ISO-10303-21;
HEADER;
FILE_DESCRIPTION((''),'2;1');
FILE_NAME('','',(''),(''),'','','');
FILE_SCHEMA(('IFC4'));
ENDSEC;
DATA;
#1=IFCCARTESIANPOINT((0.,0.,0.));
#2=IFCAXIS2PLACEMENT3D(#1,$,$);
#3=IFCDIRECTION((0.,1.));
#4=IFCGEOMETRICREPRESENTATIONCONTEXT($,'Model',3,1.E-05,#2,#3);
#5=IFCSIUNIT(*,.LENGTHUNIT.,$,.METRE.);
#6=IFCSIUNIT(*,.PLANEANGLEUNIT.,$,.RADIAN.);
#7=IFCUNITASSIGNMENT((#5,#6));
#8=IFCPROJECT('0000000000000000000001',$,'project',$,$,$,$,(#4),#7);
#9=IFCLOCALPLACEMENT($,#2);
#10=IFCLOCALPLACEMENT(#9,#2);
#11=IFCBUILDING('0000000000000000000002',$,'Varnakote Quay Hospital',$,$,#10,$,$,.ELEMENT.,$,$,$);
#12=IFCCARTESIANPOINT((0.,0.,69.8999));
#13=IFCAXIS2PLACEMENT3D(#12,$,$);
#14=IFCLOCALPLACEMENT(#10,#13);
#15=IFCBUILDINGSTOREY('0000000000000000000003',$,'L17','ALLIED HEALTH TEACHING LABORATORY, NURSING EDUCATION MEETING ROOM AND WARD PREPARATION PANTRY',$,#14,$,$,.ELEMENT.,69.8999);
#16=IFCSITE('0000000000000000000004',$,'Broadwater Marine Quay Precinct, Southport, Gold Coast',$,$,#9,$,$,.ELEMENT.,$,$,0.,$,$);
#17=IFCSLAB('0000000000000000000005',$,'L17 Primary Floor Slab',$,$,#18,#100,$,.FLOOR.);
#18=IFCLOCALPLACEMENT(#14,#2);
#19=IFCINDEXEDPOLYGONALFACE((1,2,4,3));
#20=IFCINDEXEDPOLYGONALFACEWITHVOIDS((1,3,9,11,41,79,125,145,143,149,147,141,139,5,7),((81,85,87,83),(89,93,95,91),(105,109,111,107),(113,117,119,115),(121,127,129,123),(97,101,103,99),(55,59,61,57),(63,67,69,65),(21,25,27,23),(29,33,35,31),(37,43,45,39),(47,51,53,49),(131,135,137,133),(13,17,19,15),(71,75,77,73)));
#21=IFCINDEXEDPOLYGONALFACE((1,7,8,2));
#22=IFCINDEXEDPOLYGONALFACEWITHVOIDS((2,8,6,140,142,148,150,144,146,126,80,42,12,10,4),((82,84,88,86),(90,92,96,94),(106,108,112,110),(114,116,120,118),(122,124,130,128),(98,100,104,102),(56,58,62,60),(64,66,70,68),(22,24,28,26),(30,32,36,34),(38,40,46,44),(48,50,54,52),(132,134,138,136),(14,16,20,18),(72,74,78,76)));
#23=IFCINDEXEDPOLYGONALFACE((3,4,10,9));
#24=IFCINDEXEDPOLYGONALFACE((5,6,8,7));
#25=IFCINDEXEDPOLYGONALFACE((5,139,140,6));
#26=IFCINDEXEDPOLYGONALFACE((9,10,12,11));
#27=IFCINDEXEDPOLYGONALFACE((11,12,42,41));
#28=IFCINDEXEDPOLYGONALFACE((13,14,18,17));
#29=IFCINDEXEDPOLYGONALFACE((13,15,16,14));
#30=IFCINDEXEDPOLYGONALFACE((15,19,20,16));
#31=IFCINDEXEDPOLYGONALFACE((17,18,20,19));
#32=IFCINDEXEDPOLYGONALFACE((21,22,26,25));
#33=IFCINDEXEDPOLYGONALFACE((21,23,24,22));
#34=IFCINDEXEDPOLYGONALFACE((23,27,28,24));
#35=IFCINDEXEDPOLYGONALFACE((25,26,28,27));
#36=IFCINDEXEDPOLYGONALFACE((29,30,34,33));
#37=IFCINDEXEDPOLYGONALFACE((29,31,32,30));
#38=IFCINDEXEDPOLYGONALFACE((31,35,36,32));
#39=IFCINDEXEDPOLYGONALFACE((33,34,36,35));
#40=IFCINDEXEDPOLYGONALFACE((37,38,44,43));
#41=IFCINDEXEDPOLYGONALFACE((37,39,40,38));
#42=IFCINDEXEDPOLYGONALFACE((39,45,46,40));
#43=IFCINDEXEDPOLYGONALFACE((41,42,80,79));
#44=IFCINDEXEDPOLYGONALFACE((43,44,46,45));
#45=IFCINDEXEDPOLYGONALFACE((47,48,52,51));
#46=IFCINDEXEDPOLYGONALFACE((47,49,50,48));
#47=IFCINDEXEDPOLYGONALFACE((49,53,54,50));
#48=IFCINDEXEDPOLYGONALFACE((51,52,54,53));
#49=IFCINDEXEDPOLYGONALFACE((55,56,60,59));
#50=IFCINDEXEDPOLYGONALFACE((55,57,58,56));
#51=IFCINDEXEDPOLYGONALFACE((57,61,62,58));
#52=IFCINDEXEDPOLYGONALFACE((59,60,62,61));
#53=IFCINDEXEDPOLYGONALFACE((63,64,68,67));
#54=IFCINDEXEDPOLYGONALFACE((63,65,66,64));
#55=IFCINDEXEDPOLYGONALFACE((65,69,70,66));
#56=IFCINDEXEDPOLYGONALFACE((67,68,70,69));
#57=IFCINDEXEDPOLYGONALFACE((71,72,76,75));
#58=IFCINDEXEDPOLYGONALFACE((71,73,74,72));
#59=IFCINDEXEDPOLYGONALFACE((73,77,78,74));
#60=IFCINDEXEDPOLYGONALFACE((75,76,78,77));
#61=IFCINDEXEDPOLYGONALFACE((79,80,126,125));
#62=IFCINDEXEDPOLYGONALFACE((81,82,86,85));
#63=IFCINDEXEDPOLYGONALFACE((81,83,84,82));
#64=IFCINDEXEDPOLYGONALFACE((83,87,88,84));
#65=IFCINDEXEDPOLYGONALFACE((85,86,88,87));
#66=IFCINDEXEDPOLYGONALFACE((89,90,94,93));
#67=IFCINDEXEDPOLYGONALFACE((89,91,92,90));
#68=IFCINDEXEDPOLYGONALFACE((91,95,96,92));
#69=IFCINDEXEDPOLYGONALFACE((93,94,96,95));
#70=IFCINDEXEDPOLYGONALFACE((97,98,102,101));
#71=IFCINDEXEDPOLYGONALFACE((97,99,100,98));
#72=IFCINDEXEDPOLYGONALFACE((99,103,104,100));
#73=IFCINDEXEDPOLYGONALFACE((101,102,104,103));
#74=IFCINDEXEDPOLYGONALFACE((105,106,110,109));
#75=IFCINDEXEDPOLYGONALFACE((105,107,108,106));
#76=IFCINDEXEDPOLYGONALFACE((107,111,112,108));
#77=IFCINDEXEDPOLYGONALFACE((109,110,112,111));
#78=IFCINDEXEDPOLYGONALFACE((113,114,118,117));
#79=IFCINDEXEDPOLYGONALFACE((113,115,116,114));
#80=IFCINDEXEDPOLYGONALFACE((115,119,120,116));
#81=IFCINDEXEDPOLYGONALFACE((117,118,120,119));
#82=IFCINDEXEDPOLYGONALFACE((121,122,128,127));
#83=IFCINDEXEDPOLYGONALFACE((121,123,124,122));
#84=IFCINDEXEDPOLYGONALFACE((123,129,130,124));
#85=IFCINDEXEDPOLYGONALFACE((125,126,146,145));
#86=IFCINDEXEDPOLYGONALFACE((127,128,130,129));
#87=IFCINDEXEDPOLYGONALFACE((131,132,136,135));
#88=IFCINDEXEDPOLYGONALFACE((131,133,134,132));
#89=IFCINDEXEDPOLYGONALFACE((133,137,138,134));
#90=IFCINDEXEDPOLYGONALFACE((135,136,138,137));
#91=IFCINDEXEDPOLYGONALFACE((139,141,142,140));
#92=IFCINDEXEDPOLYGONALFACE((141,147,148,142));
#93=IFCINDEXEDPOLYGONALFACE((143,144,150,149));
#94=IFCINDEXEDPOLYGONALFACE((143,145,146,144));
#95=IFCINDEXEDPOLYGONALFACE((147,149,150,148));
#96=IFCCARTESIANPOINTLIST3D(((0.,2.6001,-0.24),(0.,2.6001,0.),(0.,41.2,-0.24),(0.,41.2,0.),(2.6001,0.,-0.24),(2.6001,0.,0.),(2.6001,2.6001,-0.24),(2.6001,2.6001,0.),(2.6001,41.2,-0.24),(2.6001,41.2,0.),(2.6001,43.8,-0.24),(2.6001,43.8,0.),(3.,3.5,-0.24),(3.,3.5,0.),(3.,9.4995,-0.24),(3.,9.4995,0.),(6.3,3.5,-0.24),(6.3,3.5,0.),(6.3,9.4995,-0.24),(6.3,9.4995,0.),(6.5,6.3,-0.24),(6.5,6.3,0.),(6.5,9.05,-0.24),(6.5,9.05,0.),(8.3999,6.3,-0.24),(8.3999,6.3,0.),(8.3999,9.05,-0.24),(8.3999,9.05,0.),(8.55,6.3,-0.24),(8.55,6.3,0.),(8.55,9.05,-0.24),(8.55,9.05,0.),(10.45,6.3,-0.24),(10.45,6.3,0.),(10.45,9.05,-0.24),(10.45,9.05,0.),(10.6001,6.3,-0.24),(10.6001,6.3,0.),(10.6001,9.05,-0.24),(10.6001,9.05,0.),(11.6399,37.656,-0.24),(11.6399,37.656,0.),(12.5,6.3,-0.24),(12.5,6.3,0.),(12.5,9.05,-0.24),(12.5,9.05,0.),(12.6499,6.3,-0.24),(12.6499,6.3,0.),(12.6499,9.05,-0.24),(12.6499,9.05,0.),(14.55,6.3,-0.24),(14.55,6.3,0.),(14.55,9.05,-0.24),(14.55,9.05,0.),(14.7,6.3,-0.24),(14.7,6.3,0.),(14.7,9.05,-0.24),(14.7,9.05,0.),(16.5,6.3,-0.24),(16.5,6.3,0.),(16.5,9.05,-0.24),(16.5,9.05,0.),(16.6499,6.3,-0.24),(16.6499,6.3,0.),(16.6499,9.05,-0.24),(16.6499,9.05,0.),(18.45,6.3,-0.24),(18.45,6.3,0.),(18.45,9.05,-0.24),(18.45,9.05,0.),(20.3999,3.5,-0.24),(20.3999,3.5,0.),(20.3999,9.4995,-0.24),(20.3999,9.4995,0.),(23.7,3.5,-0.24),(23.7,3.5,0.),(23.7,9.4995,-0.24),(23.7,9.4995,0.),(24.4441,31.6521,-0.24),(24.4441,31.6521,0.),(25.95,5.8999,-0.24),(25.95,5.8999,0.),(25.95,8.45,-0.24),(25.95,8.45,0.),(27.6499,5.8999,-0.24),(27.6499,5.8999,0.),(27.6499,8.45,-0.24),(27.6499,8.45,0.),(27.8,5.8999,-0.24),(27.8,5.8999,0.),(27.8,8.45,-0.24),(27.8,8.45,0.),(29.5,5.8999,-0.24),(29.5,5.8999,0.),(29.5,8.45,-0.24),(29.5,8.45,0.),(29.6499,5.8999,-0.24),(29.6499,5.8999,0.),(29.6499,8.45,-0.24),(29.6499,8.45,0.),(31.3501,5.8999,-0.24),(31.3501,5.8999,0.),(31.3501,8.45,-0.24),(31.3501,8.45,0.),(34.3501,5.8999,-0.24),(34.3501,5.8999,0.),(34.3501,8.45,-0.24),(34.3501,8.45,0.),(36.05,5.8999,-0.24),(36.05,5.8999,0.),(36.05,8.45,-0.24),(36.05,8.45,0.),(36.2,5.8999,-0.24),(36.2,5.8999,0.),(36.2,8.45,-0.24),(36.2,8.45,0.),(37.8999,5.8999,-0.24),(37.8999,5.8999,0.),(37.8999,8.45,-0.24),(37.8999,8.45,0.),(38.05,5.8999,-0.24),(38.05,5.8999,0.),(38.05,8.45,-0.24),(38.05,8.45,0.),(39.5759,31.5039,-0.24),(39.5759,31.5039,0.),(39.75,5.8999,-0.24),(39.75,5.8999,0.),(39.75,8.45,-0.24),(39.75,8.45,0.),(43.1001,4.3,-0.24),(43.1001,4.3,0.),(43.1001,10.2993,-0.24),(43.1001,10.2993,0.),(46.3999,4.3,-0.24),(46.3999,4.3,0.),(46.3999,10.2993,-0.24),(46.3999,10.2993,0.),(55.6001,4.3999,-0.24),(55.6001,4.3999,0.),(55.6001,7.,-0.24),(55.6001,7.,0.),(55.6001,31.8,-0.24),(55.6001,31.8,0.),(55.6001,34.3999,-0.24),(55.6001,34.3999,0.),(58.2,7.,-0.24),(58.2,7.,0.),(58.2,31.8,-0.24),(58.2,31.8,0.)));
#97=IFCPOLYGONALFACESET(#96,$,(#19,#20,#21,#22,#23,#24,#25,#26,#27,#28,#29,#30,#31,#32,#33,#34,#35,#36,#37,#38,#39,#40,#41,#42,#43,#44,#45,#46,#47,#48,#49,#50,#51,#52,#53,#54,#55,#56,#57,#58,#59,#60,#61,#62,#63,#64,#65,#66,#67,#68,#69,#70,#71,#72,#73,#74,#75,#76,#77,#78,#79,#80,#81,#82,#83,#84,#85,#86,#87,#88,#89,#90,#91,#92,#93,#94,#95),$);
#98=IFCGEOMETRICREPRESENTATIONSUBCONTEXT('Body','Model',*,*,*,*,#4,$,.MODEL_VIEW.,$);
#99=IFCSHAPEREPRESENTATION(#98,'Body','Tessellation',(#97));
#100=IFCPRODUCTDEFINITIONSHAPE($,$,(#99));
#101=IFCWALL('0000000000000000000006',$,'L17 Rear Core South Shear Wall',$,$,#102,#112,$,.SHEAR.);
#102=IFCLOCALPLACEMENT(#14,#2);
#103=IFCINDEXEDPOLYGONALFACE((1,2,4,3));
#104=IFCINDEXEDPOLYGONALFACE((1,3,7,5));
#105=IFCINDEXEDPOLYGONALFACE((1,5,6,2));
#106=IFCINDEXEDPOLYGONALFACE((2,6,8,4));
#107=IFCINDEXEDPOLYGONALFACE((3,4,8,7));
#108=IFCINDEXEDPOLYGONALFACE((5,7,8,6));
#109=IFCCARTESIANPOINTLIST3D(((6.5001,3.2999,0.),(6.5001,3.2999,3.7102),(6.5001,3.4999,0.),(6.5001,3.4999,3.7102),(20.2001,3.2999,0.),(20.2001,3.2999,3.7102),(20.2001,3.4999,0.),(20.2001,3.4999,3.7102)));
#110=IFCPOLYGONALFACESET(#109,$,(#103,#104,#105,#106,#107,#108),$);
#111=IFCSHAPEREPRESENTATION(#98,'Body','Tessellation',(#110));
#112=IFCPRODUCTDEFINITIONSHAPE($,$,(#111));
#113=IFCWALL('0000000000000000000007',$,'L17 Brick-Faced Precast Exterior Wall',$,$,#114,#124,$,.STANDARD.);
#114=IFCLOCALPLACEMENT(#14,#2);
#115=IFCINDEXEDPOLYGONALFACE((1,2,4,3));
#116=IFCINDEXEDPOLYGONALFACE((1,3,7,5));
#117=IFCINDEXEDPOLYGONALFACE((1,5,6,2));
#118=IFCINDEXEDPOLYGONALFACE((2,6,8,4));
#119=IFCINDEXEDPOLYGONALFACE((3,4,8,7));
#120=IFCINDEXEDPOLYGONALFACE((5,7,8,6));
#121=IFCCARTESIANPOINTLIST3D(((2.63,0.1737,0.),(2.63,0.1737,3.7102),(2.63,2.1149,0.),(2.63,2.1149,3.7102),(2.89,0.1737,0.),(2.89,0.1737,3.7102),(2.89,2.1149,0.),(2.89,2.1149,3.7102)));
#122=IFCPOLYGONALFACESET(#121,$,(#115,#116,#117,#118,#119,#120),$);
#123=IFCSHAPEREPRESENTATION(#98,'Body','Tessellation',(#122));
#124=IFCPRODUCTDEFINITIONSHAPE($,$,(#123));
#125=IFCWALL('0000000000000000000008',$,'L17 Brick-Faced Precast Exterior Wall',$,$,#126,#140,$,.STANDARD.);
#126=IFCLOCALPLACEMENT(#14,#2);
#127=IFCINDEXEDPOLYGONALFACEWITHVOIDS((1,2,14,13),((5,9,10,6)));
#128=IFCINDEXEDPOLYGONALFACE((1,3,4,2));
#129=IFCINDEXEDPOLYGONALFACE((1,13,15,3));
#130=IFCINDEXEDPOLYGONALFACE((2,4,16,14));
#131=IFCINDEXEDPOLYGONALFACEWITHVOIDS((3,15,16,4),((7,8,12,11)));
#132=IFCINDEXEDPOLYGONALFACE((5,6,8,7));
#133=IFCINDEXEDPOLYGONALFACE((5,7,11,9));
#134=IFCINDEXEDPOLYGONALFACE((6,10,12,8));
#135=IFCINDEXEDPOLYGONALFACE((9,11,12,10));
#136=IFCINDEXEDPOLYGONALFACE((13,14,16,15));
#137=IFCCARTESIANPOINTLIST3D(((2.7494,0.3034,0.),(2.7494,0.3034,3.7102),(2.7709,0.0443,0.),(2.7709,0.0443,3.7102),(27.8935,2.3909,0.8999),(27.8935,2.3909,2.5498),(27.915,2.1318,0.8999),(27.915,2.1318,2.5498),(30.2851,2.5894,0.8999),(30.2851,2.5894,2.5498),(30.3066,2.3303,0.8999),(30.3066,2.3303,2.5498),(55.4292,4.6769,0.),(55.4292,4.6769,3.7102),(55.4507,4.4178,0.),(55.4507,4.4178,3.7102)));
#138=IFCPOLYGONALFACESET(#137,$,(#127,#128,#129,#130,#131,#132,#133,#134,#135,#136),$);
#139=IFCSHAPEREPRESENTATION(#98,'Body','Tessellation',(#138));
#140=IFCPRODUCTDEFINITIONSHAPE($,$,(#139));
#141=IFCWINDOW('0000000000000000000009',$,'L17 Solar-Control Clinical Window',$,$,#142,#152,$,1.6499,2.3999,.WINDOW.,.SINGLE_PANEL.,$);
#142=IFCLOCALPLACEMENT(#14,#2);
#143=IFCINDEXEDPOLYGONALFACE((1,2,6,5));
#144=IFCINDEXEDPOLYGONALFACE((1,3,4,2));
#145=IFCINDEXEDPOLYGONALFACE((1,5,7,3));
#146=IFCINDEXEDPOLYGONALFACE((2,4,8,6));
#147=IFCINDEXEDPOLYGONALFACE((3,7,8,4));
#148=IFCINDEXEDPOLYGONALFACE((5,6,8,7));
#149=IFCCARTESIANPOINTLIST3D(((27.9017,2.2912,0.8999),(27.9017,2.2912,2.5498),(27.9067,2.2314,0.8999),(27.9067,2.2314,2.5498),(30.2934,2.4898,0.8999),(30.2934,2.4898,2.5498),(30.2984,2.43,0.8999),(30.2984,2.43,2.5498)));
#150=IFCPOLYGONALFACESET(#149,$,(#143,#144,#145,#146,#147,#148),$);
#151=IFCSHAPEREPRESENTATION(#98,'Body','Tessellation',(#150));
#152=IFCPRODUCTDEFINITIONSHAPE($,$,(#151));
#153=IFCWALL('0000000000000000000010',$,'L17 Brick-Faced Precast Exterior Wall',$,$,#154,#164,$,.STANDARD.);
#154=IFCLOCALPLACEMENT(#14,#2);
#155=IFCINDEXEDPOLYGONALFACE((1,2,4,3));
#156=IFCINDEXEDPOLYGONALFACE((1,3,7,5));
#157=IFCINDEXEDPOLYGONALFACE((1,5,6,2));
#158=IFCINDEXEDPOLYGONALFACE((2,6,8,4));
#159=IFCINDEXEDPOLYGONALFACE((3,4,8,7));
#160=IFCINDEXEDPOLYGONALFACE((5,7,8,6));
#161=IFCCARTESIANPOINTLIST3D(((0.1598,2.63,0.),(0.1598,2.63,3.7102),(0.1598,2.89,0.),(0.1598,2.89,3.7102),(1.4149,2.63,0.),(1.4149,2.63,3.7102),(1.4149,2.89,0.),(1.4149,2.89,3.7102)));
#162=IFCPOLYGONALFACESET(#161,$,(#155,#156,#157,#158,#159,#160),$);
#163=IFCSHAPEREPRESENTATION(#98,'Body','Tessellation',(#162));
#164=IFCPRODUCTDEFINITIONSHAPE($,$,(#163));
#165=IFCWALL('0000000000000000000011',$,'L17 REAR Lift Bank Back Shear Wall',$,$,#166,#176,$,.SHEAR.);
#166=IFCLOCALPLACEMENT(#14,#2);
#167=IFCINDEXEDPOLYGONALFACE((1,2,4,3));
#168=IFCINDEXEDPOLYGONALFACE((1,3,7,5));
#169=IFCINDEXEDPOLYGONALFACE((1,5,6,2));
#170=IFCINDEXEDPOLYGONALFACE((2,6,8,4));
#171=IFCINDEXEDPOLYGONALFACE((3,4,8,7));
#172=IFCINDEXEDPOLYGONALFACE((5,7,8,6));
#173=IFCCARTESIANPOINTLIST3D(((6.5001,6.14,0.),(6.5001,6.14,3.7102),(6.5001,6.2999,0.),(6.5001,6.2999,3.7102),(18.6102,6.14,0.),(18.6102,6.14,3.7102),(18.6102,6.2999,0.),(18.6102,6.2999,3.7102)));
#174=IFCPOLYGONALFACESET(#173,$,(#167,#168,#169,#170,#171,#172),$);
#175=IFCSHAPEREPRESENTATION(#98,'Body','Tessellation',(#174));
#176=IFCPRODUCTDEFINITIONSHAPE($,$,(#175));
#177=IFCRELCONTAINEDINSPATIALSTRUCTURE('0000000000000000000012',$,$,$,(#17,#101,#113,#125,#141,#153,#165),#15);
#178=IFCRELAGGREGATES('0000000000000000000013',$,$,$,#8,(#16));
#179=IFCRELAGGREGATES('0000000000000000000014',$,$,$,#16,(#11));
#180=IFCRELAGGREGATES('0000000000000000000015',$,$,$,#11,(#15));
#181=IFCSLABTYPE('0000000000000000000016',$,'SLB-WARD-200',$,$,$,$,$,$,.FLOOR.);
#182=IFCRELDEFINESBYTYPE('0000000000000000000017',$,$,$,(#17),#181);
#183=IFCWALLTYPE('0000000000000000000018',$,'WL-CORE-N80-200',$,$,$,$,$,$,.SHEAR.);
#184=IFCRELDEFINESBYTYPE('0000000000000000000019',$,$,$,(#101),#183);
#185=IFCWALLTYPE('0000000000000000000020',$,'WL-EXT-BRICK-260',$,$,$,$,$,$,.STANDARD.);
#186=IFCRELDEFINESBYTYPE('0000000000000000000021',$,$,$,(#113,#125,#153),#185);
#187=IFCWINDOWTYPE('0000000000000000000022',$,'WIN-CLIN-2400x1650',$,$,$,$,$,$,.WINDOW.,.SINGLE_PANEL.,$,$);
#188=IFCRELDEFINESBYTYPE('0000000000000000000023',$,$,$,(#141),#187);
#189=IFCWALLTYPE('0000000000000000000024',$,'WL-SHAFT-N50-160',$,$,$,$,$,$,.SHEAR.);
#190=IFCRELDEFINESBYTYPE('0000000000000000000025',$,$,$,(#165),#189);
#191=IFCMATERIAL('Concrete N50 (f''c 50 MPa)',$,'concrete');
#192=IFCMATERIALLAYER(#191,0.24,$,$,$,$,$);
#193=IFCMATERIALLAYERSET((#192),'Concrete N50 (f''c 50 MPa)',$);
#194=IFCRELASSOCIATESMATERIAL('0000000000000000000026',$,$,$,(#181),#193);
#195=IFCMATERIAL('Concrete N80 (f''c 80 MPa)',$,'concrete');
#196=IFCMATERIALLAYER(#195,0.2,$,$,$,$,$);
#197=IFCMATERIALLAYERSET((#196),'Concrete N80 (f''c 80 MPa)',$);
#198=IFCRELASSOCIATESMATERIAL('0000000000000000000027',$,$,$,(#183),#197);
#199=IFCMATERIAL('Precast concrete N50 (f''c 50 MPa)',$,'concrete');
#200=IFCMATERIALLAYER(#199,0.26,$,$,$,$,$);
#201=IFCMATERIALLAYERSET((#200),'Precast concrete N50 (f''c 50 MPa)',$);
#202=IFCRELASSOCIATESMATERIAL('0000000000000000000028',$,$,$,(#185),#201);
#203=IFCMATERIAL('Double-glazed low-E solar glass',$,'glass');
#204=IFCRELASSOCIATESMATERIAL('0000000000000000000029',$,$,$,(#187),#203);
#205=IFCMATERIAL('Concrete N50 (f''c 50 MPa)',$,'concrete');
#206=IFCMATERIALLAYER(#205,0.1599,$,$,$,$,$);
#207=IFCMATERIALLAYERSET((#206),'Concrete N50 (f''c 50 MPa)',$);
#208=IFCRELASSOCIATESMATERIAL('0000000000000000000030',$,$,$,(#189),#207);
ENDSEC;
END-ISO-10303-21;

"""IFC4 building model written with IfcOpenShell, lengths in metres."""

from ifc_helpers import new_model, si_unit, direction, frame, frame_2d, origin, place, context, subcontext, project, spatial, polyline, rectangle, outline, extrude, material, layer, layer_set, type_object, element, fill, save


model = new_model("IFC4")

# Units and contexts
model_context = context("Model", 3, precision=1e-05, world=origin(), true_north=direction((0.0, 1.0)))
body_context = subcontext(model_context, "Body", "Model", "MODEL_VIEW")
ifc_project = project(units=[si_unit("LENGTHUNIT", "METRE"), si_unit("PLANEANGLEUNIT", "RADIAN")], contexts=[model_context])

# Site, building, storey
site_placement = place(None, origin())
site = spatial("IfcSite", under=ifc_project, at=site_placement, Name="Broadwater Marine Quay Precinct, Southport, Gold Coast", CompositionType="ELEMENT", RefElevation=0.0)
building_placement = place(site_placement, origin())
building = spatial("IfcBuilding", under=site, at=building_placement, Name="Varnakote Quay Hospital", CompositionType="ELEMENT")
storey_placement = place(building_placement, frame((0.0, 0.0, 69.8999)))
storey = spatial("IfcBuildingStorey", under=building, at=storey_placement, Name="L17", Description="ALLIED HEALTH TEACHING LABORATORY, NURSING EDUCATION MEETING ROOM AND WARD PREPARATION PANTRY", CompositionType="ELEMENT", Elevation=69.8999)

# Slab
ifc_material_1 = material(Name="Concrete N50 (f'c 50 MPa)", Category="concrete")
ifc_layer_1 = layer(ifc_material_1, 0.24)
ifc_layer_set_1 = layer_set([ifc_layer_1], Name="Concrete N50 (f'c 50 MPa)")
slab_type_1 = type_object("IfcSlabType", Name="SLB-WARD-200", PredefinedType="FLOOR", material=ifc_layer_set_1)
slab_1_placement = place(storey_placement, frame((0.0, 0.0, -0.24)))
element("IfcSlab", 1, at=slab_1_placement, inside=storey, type_object=slab_type_1, Name="L17 Primary Floor Slab", PredefinedType="FLOOR", context=body_context, shape_type="SweptSolid", body=[
    extrude(outline(polyline([(0.0, 2.6001), (2.6001, 2.6001), (2.6001, 0.0), (55.6001, 4.3999), (55.6001, 7.0), (58.2, 7.0), (58.2, 31.8), (55.6001, 31.8), (55.6001, 34.3999), (39.5759, 31.5039), (24.4441, 31.6521), (11.6399, 37.656), (2.6001, 43.8), (2.6001, 41.2), (0.0, 41.2), (0.0, 2.6001)]), holes=[polyline([(3.0, 3.5), (6.3, 3.5), (6.3, 9.4995), (3.0, 9.4995), (3.0, 3.5)]), polyline([(20.3999, 3.5), (23.7, 3.5), (23.7, 9.4995), (20.3999, 9.4995), (20.3999, 3.5)]), polyline([(43.1001, 4.3), (46.3999, 4.3), (46.3999, 10.2993), (43.1001, 10.2993), (43.1001, 4.3)]), polyline([(6.5, 6.3), (8.3999, 6.3), (8.3999, 9.05), (6.5, 9.05), (6.5, 6.3)]), polyline([(8.55, 6.3), (10.45, 6.3), (10.45, 9.05), (8.55, 9.05), (8.55, 6.3)]), polyline([(10.6001, 6.3), (12.5, 6.3), (12.5, 9.05), (10.6001, 9.05), (10.6001, 6.3)]), polyline([(12.6499, 6.3), (14.55, 6.3), (14.55, 9.05), (12.6499, 9.05), (12.6499, 6.3)]), polyline([(14.7, 6.3), (16.5, 6.3), (16.5, 9.05), (14.7, 9.05), (14.7, 6.3)]), polyline([(16.6499, 6.3), (18.45, 6.3), (18.45, 9.05), (16.6499, 9.05), (16.6499, 6.3)]), polyline([(25.95, 5.8999), (27.6499, 5.8999), (27.6499, 8.45), (25.95, 8.45), (25.95, 5.8999)]), polyline([(27.8, 5.8999), (29.5, 5.8999), (29.5, 8.45), (27.8, 8.45), (27.8, 5.8999)]), polyline([(29.6499, 5.8999), (31.3501, 5.8999), (31.3501, 8.45), (29.6499, 8.45), (29.6499, 5.8999)]), polyline([(34.3501, 5.8999), (36.05, 5.8999), (36.05, 8.45), (34.3501, 8.45), (34.3501, 5.8999)]), polyline([(36.2, 5.8999), (37.8999, 5.8999), (37.8999, 8.45), (36.2, 8.45), (36.2, 5.8999)]), polyline([(38.05, 5.8999), (39.75, 5.8999), (39.75, 8.45), (38.05, 8.45), (38.05, 5.8999)])]), origin(), (0.0, 0.0, 1.0), 0.24),
])

# Walls
ifc_material_2 = material(Name="Concrete N80 (f'c 80 MPa)", Category="concrete")
ifc_layer_2 = layer(ifc_material_2, 0.2)
ifc_layer_set_2 = layer_set([ifc_layer_2], Name="Concrete N80 (f'c 80 MPa)")
wall_type_1 = type_object("IfcWallType", Name="WL-CORE-N80-200", PredefinedType="SHEAR", material=ifc_layer_set_2)
wall_1_placement = place(storey_placement, frame((6.5, 3.3999, 0.0), z_axis=(0.0, 0.0, 1.0), x_axis=(1.0, 0.0, 0.0)))
element("IfcWall", 2, at=wall_1_placement, inside=storey, type_object=wall_type_1, Name="L17 Rear Core South Shear Wall", PredefinedType="SHEAR", context=body_context, shape_type="SweptSolid", body=[
    extrude(rectangle(XDim=13.7, YDim=0.2, at=frame_2d((6.8501, 0.0))), origin(), (0.0, 0.0, 1.0), 3.7102),
])
ifc_material_3 = material(Name="Precast concrete N50 (f'c 50 MPa)", Category="concrete")
ifc_layer_3 = layer(ifc_material_3, 0.26)
ifc_layer_set_3 = layer_set([ifc_layer_3], Name="Precast concrete N50 (f'c 50 MPa)")
wall_type_2 = type_object("IfcWallType", Name="WL-EXT-BRICK-260", PredefinedType="STANDARD", material=ifc_layer_set_3)
wall_2_placement = place(storey_placement, frame((2.76, 2.115, 0.0), z_axis=(0.0, 0.0, 1.0), x_axis=(0.0, -1.0, 0.0)))
element("IfcWall", 3, at=wall_2_placement, inside=storey, type_object=wall_type_2, Name="L17 Brick-Faced Precast Exterior Wall", PredefinedType="STANDARD", context=body_context, shape_type="SweptSolid", body=[
    extrude(rectangle(XDim=1.9412, YDim=0.26, at=frame_2d((0.9707, 0.0))), origin(), (0.0, 0.0, 1.0), 3.7102),
])

# Wall, opening, window
wall_3_placement = place(storey_placement, frame((2.76, 0.1738, 0.0), z_axis=(0.0, 0.0, 1.0), x_axis=(0.996571, 0.082736, 0.0)))
wall_3 = element("IfcWall", 4, at=wall_3_placement, inside=storey, type_object=wall_type_2, Name="L17 Brick-Faced Precast Exterior Wall", PredefinedType="STANDARD", context=body_context, shape_type="SweptSolid", body=[
    extrude(rectangle(XDim=52.8611, YDim=0.26, at=frame_2d((26.4307, 0.0))), origin(), (0.0, 0.0, 1.0), 3.7102),
])
opening_1_placement = place(wall_3_placement, frame((25.2307, 0.0, 0.8999)))
opening_1 = element("IfcOpeningElement", 5, at=opening_1_placement, cuts=wall_3, PredefinedType="OPENING", context=body_context, shape_type="SweptSolid", body=[
    extrude(rectangle(XDim=2.3999, YDim=1.6499, at=frame_2d((1.2, 0.825))), frame((0.0, 0.1399, 0.0), z_axis=(0.0, -1.0, 0.0), x_axis=(1.0, 0.0, 0.0)), (0.0, 0.0, 1.0), 0.28),
])
ifc_material_4 = material(Name="Double-glazed low-E solar glass", Category="glass")
window_type = type_object("IfcWindowType", Name="WIN-CLIN-2400x1650", PartitioningType="SINGLE_PANEL", PredefinedType="WINDOW", material=ifc_material_4)
window_placement = place(opening_1_placement, origin())
window = element("IfcWindow", 6, at=window_placement, inside=storey, type_object=window_type, Name="L17 Solar-Control Clinical Window", OverallHeight=1.6499, OverallWidth=2.3999, PartitioningType="SINGLE_PANEL", PredefinedType="WINDOW", context=body_context, shape_type="SweptSolid", body=[
    extrude(rectangle(XDim=2.3999, YDim=1.6499, at=frame_2d((1.2, 0.825))), frame((0.0, 0.03, 0.0), z_axis=(0.0, -1.0, 0.0), x_axis=(1.0, 0.0, 0.0)), (0.0, 0.0, 1.0), 0.0601),
])
fill(opening_1, window)

# Walls
wall_4_placement = place(storey_placement, frame((0.1599, 2.76, 0.0), z_axis=(0.0, 0.0, 1.0), x_axis=(1.0, 0.0, 0.0)))
element("IfcWall", 7, at=wall_4_placement, inside=storey, type_object=wall_type_2, Name="L17 Brick-Faced Precast Exterior Wall", PredefinedType="STANDARD", context=body_context, shape_type="SweptSolid", body=[
    extrude(rectangle(XDim=1.2551, YDim=0.26, at=frame_2d((0.6274, 0.0))), origin(), (0.0, 0.0, 1.0), 3.7102),
])
ifc_material_5 = material(Name="Concrete N50 (f'c 50 MPa)", Category="concrete")
ifc_layer_4 = layer(ifc_material_5, 0.1599)
ifc_layer_set_4 = layer_set([ifc_layer_4], Name="Concrete N50 (f'c 50 MPa)")
wall_type_3 = type_object("IfcWallType", Name="WL-SHAFT-N50-160", PredefinedType="SHEAR", material=ifc_layer_set_4)
wall_5_placement = place(storey_placement, frame((6.5, 6.22, 0.0), z_axis=(0.0, 0.0, 1.0), x_axis=(1.0, 0.0, 0.0)))
element("IfcWall", 8, at=wall_5_placement, inside=storey, type_object=wall_type_3, Name="L17 REAR Lift Bank Back Shear Wall", PredefinedType="SHEAR", context=body_context, shape_type="SweptSolid", body=[
    extrude(rectangle(XDim=12.1101, YDim=0.1599, at=frame_2d((6.0552, 0.0))), origin(), (0.0, 0.0, 1.0), 3.7102),
])

save(model, "model.ifc")
